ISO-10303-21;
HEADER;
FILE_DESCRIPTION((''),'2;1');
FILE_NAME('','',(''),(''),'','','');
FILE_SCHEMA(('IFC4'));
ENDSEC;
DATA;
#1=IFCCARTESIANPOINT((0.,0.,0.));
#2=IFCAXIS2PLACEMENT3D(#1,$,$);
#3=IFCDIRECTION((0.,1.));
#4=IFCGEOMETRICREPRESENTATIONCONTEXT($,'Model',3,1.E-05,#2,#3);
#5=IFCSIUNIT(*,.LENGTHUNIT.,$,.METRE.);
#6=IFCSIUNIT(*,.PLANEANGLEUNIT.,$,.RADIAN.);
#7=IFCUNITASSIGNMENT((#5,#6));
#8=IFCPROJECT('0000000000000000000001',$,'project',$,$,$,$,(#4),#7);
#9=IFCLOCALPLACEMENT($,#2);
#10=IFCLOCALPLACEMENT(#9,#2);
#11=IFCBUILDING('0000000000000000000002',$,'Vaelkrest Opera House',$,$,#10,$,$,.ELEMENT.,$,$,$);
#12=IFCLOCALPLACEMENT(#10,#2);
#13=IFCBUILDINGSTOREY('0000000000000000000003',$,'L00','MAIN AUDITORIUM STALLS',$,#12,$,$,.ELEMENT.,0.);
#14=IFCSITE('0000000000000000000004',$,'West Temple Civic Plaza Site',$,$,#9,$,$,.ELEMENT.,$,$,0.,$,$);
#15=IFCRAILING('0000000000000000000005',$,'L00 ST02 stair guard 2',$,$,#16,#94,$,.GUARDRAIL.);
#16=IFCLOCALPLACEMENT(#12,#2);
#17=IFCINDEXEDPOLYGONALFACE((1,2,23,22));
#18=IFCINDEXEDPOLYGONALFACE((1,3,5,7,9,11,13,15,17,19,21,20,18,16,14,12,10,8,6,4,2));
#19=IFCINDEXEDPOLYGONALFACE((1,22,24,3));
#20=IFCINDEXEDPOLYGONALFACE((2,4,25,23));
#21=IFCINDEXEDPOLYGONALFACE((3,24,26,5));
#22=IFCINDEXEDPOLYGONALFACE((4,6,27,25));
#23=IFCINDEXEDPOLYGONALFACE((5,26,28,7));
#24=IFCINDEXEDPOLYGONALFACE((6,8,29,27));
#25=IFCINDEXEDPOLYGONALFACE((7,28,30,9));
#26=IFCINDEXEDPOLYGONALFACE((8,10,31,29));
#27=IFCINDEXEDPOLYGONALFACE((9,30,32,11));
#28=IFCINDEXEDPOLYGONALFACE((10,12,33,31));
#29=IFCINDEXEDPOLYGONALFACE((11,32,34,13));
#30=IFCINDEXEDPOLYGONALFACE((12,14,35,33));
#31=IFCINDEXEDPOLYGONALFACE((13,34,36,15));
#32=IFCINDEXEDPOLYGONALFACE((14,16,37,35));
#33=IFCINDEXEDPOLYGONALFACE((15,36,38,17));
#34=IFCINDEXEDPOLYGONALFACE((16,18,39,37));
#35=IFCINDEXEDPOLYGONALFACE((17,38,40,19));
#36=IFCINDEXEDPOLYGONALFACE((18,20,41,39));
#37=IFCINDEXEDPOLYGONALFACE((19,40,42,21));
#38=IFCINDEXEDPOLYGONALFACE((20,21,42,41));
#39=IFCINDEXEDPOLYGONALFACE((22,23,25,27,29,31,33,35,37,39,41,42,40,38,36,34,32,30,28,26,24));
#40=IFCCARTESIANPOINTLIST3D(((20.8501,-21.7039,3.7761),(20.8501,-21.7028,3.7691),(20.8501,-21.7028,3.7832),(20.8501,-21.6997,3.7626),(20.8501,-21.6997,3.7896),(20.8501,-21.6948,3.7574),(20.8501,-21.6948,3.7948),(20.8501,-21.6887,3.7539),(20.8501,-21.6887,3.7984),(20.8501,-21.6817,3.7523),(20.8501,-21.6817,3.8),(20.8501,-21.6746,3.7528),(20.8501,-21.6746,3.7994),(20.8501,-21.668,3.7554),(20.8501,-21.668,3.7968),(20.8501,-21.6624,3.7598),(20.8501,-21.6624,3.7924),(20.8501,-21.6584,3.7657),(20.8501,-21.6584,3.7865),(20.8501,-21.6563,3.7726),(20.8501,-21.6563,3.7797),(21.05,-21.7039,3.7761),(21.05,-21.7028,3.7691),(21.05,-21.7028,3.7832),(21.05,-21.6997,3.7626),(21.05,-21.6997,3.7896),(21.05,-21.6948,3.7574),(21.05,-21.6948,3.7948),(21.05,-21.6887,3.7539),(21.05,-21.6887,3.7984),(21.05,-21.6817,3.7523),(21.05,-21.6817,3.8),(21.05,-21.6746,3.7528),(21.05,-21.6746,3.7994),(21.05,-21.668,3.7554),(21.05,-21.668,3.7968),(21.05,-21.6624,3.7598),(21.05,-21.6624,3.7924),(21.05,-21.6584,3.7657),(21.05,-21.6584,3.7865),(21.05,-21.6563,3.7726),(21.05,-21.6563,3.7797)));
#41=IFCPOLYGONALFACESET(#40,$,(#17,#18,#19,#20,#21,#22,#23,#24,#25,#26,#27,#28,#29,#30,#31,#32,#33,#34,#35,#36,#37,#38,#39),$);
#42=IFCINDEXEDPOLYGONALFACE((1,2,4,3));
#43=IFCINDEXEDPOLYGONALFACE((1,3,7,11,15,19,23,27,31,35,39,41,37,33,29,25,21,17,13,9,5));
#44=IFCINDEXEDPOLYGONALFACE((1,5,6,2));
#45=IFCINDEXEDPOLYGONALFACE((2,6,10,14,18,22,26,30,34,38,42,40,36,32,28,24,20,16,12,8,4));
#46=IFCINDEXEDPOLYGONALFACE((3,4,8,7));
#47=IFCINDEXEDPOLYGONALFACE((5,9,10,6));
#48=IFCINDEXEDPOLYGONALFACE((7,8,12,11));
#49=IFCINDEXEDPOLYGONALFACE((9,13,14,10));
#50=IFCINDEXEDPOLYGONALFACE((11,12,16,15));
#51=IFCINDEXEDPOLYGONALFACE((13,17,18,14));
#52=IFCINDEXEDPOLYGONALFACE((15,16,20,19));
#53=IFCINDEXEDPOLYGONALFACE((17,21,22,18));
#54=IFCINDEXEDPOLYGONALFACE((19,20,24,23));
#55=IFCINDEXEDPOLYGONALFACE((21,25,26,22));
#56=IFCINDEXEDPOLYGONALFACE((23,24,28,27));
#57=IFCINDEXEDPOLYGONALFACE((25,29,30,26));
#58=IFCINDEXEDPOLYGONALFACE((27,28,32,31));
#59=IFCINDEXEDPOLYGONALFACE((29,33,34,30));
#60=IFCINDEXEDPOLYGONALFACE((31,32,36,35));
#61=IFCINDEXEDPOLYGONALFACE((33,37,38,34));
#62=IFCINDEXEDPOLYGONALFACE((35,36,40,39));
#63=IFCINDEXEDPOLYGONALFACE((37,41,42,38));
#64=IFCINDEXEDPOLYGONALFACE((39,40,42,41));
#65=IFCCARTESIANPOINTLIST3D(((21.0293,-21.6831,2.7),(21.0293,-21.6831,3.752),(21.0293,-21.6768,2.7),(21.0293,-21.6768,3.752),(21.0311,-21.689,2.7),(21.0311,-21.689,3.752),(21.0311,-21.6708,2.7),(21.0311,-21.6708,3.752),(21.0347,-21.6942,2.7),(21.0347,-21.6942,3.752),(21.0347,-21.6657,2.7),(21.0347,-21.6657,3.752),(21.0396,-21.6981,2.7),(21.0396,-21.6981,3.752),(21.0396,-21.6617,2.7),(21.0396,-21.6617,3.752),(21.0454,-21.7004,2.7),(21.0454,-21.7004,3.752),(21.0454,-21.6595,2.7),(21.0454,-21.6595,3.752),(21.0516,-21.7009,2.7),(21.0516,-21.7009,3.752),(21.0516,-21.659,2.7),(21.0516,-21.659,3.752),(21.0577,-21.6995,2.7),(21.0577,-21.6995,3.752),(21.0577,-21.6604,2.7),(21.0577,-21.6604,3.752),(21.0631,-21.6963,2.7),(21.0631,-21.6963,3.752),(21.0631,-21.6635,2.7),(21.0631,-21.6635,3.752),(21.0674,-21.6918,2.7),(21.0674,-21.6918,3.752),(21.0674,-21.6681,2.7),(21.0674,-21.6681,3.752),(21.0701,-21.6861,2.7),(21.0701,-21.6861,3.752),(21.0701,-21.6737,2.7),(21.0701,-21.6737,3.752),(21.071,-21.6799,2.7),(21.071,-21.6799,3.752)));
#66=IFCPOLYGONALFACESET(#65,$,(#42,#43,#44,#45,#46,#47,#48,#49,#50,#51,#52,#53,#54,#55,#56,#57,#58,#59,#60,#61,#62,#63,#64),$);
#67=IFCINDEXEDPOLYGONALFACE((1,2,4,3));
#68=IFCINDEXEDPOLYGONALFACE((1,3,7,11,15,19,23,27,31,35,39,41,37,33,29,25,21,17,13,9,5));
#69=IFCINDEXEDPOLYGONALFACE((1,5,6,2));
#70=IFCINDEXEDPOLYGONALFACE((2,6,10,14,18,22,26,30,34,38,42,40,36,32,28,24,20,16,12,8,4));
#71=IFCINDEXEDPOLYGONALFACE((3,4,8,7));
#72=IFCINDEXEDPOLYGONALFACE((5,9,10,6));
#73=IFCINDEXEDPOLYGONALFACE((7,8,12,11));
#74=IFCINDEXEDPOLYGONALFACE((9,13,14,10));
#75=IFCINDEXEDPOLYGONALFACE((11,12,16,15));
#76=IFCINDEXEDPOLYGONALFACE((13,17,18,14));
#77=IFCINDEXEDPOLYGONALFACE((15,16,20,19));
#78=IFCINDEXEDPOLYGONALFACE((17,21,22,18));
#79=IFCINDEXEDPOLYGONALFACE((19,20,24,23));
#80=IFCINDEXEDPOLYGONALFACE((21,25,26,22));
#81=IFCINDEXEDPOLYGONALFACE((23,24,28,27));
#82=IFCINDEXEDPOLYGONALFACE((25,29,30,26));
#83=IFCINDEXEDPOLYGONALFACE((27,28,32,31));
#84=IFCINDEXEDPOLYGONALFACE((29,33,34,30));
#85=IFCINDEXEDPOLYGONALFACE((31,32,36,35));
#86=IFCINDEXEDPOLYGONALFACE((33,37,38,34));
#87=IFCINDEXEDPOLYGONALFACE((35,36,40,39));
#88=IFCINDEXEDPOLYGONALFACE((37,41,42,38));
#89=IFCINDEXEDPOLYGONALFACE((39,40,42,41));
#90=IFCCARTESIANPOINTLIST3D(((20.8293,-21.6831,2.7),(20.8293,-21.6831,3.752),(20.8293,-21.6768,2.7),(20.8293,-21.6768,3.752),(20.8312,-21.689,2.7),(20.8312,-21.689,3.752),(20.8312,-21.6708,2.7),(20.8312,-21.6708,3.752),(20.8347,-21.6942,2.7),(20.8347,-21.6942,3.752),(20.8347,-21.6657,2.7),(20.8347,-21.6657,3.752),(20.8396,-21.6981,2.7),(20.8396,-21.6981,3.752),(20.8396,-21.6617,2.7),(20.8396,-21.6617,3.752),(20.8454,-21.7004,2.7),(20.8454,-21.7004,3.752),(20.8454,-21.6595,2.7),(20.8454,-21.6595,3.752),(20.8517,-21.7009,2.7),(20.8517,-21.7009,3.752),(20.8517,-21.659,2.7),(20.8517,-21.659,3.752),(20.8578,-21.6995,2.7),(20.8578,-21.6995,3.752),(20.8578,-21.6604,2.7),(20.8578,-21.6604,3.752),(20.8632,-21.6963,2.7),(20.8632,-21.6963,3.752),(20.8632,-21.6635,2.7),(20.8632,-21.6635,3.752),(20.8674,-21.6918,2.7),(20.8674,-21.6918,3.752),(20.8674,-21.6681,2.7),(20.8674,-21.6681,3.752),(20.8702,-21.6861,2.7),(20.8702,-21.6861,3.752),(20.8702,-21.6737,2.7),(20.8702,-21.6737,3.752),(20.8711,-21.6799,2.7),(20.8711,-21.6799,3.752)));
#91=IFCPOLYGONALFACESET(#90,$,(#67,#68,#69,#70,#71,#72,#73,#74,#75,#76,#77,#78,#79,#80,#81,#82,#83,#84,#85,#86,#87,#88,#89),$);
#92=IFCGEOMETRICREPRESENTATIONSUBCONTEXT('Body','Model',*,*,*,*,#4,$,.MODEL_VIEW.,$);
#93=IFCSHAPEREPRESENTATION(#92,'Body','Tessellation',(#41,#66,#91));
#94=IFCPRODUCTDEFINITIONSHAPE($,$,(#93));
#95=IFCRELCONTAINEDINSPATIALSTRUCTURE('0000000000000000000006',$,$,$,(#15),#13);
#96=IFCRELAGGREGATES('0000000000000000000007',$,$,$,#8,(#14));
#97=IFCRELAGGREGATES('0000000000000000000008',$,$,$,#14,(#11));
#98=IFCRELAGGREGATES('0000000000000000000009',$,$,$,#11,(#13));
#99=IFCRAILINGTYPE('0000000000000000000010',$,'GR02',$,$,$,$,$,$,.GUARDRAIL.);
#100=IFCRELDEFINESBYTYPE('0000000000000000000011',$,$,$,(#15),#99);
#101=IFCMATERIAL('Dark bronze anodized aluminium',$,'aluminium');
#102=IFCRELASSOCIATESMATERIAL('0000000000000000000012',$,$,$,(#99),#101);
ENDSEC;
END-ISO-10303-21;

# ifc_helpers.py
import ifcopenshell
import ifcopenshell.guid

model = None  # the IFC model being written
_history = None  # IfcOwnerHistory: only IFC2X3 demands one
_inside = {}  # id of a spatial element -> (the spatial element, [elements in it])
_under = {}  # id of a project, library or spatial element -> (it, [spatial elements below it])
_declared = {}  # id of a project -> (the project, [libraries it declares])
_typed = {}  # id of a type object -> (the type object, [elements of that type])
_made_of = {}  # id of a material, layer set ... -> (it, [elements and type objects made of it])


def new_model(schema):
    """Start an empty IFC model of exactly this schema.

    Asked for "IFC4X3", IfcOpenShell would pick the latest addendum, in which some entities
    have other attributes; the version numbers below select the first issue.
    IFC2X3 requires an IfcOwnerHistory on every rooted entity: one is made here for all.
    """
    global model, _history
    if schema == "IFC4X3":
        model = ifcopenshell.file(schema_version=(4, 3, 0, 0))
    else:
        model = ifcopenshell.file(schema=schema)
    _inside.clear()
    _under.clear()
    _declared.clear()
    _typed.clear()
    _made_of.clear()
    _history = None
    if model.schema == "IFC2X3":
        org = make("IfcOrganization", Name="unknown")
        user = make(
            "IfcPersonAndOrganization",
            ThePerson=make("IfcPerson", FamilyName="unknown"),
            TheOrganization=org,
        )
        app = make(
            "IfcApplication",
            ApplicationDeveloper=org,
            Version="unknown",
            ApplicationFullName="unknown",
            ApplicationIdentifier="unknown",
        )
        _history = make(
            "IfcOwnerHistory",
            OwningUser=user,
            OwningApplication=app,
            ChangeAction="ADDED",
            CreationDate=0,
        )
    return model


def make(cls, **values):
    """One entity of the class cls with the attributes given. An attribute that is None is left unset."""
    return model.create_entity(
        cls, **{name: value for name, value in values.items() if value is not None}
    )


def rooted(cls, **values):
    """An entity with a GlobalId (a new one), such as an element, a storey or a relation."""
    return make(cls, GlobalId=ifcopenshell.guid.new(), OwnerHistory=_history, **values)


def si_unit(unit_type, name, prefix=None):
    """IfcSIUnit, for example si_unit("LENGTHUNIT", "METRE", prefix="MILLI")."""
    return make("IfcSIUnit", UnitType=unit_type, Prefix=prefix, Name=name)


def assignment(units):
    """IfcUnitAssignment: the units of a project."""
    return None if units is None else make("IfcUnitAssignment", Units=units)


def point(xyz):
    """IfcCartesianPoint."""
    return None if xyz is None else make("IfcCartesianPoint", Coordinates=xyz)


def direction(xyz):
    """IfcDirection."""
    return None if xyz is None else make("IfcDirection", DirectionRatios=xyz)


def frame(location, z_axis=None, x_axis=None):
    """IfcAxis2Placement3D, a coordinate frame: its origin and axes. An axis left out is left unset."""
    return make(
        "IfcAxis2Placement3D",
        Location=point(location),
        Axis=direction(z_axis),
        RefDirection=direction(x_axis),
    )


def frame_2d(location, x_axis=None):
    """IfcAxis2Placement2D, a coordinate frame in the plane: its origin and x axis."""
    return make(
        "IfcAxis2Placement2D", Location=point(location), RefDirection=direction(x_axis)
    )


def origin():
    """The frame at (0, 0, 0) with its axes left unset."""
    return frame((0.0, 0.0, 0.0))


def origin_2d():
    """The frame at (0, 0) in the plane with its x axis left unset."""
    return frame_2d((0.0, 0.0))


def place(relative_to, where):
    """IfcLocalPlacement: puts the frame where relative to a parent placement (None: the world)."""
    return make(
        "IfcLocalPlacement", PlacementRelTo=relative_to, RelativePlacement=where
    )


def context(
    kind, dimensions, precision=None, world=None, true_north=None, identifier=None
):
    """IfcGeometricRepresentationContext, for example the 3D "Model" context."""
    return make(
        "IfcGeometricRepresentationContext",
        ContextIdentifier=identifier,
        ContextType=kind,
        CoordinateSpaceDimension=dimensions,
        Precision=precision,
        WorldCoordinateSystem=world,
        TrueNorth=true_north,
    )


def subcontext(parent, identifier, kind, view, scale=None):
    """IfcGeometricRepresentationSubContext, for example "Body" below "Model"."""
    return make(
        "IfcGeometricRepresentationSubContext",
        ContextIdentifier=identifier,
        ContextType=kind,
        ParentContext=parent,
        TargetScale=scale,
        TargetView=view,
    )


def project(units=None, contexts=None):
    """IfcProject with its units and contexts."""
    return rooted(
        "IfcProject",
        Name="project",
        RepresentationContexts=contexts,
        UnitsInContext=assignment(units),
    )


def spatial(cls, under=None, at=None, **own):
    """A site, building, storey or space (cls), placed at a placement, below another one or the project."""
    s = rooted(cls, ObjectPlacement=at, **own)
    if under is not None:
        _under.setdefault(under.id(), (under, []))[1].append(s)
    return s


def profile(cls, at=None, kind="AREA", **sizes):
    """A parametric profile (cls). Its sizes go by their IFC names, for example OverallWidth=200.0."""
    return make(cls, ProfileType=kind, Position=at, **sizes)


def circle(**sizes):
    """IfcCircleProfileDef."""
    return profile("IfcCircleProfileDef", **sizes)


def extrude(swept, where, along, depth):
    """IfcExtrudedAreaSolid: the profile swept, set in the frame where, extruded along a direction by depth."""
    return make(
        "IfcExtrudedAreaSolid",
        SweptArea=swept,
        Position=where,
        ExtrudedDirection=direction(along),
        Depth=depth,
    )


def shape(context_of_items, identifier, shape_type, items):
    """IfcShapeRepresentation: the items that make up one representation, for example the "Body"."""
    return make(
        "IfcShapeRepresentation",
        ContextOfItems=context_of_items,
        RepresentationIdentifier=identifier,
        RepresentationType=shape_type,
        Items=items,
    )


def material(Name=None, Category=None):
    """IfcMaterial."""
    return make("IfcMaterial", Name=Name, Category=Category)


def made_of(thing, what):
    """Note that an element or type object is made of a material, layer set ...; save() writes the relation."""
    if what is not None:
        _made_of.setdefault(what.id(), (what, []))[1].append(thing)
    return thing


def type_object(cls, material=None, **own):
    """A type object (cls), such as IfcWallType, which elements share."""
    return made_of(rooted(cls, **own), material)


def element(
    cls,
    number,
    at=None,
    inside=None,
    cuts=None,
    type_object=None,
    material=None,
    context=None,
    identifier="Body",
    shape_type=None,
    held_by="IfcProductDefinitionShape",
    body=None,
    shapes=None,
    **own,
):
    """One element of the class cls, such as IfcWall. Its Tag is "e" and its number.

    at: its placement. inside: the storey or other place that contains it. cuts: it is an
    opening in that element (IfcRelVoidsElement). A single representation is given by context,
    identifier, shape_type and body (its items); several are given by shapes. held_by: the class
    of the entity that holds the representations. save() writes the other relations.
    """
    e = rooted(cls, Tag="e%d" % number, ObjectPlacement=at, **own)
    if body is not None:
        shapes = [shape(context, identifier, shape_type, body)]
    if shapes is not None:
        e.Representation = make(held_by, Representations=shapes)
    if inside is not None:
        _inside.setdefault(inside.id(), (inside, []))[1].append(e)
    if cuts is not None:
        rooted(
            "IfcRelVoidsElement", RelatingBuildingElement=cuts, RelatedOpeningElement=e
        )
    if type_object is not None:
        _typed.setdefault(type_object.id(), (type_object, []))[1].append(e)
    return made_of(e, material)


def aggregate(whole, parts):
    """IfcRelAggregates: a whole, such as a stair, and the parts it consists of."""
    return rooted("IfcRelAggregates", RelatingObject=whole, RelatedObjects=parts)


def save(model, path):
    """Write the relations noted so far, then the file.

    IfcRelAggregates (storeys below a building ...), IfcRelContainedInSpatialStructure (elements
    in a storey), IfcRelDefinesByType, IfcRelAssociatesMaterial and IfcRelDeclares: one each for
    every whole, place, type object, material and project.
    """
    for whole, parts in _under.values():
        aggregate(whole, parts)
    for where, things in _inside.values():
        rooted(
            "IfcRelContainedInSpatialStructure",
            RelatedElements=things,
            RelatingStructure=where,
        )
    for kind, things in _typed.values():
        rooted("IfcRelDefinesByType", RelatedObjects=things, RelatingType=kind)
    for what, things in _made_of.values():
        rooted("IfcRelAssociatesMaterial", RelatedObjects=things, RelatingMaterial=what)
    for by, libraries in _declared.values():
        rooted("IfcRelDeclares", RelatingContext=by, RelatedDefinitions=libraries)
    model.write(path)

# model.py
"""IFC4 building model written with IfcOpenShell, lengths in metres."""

from ifc_helpers import new_model, si_unit, direction, frame, origin, origin_2d, place, context, subcontext, project, spatial, circle, extrude, material, type_object, element, save


model = new_model("IFC4")

# Units and contexts
model_context = context("Model", 3, precision=1e-05, world=origin(), true_north=direction((0.0, 1.0)))
body_context = subcontext(model_context, "Body", "Model", "MODEL_VIEW")
ifc_project = project(units=[si_unit("LENGTHUNIT", "METRE"), si_unit("PLANEANGLEUNIT", "RADIAN")], contexts=[model_context])

# Site, building, storey
site_placement = place(None, origin())
site = spatial("IfcSite", under=ifc_project, at=site_placement, Name="West Temple Civic Plaza Site", CompositionType="ELEMENT", RefElevation=0.0)
building_placement = place(site_placement, origin())
building = spatial("IfcBuilding", under=site, at=building_placement, Name="Vaelkrest Opera House", CompositionType="ELEMENT")
storey_placement = place(building_placement, origin())
storey = spatial("IfcBuildingStorey", under=building, at=storey_placement, Name="L00", Description="MAIN AUDITORIUM STALLS", CompositionType="ELEMENT", Elevation=0.0)

# Railing
ifc_material_1 = material(Name="Dark bronze anodized aluminium", Category="aluminium")
railing_type_1 = type_object("IfcRailingType", Name="GR02", PredefinedType="GUARDRAIL", material=ifc_material_1)
railing_1_placement = place(storey_placement, frame((21.05, -21.6799, 2.7)))
element("IfcRailing", 1, at=railing_1_placement, inside=storey, type_object=railing_type_1, Name="L00 ST02 stair guard 2", PredefinedType="GUARDRAIL", context=body_context, shape_type="SweptSolid", body=[
    extrude(circle(Radius=0.0239, at=origin_2d()), frame((0.0, 0.0, 1.0762), z_axis=(-1.0, 0.0, 0.0), x_axis=(0.0, -1.0, 0.0)), (0.0, 0.0, 1.0), 0.2),
    extrude(circle(Radius=0.021, at=origin_2d()), origin(), (0.0, 0.0, 1.0), 1.052),
    extrude(circle(Radius=0.021, at=origin_2d()), frame((-0.2, 0.0, 0.0)), (0.0, 0.0, 1.0), 1.052),
])

save(model, "model.ifc")
